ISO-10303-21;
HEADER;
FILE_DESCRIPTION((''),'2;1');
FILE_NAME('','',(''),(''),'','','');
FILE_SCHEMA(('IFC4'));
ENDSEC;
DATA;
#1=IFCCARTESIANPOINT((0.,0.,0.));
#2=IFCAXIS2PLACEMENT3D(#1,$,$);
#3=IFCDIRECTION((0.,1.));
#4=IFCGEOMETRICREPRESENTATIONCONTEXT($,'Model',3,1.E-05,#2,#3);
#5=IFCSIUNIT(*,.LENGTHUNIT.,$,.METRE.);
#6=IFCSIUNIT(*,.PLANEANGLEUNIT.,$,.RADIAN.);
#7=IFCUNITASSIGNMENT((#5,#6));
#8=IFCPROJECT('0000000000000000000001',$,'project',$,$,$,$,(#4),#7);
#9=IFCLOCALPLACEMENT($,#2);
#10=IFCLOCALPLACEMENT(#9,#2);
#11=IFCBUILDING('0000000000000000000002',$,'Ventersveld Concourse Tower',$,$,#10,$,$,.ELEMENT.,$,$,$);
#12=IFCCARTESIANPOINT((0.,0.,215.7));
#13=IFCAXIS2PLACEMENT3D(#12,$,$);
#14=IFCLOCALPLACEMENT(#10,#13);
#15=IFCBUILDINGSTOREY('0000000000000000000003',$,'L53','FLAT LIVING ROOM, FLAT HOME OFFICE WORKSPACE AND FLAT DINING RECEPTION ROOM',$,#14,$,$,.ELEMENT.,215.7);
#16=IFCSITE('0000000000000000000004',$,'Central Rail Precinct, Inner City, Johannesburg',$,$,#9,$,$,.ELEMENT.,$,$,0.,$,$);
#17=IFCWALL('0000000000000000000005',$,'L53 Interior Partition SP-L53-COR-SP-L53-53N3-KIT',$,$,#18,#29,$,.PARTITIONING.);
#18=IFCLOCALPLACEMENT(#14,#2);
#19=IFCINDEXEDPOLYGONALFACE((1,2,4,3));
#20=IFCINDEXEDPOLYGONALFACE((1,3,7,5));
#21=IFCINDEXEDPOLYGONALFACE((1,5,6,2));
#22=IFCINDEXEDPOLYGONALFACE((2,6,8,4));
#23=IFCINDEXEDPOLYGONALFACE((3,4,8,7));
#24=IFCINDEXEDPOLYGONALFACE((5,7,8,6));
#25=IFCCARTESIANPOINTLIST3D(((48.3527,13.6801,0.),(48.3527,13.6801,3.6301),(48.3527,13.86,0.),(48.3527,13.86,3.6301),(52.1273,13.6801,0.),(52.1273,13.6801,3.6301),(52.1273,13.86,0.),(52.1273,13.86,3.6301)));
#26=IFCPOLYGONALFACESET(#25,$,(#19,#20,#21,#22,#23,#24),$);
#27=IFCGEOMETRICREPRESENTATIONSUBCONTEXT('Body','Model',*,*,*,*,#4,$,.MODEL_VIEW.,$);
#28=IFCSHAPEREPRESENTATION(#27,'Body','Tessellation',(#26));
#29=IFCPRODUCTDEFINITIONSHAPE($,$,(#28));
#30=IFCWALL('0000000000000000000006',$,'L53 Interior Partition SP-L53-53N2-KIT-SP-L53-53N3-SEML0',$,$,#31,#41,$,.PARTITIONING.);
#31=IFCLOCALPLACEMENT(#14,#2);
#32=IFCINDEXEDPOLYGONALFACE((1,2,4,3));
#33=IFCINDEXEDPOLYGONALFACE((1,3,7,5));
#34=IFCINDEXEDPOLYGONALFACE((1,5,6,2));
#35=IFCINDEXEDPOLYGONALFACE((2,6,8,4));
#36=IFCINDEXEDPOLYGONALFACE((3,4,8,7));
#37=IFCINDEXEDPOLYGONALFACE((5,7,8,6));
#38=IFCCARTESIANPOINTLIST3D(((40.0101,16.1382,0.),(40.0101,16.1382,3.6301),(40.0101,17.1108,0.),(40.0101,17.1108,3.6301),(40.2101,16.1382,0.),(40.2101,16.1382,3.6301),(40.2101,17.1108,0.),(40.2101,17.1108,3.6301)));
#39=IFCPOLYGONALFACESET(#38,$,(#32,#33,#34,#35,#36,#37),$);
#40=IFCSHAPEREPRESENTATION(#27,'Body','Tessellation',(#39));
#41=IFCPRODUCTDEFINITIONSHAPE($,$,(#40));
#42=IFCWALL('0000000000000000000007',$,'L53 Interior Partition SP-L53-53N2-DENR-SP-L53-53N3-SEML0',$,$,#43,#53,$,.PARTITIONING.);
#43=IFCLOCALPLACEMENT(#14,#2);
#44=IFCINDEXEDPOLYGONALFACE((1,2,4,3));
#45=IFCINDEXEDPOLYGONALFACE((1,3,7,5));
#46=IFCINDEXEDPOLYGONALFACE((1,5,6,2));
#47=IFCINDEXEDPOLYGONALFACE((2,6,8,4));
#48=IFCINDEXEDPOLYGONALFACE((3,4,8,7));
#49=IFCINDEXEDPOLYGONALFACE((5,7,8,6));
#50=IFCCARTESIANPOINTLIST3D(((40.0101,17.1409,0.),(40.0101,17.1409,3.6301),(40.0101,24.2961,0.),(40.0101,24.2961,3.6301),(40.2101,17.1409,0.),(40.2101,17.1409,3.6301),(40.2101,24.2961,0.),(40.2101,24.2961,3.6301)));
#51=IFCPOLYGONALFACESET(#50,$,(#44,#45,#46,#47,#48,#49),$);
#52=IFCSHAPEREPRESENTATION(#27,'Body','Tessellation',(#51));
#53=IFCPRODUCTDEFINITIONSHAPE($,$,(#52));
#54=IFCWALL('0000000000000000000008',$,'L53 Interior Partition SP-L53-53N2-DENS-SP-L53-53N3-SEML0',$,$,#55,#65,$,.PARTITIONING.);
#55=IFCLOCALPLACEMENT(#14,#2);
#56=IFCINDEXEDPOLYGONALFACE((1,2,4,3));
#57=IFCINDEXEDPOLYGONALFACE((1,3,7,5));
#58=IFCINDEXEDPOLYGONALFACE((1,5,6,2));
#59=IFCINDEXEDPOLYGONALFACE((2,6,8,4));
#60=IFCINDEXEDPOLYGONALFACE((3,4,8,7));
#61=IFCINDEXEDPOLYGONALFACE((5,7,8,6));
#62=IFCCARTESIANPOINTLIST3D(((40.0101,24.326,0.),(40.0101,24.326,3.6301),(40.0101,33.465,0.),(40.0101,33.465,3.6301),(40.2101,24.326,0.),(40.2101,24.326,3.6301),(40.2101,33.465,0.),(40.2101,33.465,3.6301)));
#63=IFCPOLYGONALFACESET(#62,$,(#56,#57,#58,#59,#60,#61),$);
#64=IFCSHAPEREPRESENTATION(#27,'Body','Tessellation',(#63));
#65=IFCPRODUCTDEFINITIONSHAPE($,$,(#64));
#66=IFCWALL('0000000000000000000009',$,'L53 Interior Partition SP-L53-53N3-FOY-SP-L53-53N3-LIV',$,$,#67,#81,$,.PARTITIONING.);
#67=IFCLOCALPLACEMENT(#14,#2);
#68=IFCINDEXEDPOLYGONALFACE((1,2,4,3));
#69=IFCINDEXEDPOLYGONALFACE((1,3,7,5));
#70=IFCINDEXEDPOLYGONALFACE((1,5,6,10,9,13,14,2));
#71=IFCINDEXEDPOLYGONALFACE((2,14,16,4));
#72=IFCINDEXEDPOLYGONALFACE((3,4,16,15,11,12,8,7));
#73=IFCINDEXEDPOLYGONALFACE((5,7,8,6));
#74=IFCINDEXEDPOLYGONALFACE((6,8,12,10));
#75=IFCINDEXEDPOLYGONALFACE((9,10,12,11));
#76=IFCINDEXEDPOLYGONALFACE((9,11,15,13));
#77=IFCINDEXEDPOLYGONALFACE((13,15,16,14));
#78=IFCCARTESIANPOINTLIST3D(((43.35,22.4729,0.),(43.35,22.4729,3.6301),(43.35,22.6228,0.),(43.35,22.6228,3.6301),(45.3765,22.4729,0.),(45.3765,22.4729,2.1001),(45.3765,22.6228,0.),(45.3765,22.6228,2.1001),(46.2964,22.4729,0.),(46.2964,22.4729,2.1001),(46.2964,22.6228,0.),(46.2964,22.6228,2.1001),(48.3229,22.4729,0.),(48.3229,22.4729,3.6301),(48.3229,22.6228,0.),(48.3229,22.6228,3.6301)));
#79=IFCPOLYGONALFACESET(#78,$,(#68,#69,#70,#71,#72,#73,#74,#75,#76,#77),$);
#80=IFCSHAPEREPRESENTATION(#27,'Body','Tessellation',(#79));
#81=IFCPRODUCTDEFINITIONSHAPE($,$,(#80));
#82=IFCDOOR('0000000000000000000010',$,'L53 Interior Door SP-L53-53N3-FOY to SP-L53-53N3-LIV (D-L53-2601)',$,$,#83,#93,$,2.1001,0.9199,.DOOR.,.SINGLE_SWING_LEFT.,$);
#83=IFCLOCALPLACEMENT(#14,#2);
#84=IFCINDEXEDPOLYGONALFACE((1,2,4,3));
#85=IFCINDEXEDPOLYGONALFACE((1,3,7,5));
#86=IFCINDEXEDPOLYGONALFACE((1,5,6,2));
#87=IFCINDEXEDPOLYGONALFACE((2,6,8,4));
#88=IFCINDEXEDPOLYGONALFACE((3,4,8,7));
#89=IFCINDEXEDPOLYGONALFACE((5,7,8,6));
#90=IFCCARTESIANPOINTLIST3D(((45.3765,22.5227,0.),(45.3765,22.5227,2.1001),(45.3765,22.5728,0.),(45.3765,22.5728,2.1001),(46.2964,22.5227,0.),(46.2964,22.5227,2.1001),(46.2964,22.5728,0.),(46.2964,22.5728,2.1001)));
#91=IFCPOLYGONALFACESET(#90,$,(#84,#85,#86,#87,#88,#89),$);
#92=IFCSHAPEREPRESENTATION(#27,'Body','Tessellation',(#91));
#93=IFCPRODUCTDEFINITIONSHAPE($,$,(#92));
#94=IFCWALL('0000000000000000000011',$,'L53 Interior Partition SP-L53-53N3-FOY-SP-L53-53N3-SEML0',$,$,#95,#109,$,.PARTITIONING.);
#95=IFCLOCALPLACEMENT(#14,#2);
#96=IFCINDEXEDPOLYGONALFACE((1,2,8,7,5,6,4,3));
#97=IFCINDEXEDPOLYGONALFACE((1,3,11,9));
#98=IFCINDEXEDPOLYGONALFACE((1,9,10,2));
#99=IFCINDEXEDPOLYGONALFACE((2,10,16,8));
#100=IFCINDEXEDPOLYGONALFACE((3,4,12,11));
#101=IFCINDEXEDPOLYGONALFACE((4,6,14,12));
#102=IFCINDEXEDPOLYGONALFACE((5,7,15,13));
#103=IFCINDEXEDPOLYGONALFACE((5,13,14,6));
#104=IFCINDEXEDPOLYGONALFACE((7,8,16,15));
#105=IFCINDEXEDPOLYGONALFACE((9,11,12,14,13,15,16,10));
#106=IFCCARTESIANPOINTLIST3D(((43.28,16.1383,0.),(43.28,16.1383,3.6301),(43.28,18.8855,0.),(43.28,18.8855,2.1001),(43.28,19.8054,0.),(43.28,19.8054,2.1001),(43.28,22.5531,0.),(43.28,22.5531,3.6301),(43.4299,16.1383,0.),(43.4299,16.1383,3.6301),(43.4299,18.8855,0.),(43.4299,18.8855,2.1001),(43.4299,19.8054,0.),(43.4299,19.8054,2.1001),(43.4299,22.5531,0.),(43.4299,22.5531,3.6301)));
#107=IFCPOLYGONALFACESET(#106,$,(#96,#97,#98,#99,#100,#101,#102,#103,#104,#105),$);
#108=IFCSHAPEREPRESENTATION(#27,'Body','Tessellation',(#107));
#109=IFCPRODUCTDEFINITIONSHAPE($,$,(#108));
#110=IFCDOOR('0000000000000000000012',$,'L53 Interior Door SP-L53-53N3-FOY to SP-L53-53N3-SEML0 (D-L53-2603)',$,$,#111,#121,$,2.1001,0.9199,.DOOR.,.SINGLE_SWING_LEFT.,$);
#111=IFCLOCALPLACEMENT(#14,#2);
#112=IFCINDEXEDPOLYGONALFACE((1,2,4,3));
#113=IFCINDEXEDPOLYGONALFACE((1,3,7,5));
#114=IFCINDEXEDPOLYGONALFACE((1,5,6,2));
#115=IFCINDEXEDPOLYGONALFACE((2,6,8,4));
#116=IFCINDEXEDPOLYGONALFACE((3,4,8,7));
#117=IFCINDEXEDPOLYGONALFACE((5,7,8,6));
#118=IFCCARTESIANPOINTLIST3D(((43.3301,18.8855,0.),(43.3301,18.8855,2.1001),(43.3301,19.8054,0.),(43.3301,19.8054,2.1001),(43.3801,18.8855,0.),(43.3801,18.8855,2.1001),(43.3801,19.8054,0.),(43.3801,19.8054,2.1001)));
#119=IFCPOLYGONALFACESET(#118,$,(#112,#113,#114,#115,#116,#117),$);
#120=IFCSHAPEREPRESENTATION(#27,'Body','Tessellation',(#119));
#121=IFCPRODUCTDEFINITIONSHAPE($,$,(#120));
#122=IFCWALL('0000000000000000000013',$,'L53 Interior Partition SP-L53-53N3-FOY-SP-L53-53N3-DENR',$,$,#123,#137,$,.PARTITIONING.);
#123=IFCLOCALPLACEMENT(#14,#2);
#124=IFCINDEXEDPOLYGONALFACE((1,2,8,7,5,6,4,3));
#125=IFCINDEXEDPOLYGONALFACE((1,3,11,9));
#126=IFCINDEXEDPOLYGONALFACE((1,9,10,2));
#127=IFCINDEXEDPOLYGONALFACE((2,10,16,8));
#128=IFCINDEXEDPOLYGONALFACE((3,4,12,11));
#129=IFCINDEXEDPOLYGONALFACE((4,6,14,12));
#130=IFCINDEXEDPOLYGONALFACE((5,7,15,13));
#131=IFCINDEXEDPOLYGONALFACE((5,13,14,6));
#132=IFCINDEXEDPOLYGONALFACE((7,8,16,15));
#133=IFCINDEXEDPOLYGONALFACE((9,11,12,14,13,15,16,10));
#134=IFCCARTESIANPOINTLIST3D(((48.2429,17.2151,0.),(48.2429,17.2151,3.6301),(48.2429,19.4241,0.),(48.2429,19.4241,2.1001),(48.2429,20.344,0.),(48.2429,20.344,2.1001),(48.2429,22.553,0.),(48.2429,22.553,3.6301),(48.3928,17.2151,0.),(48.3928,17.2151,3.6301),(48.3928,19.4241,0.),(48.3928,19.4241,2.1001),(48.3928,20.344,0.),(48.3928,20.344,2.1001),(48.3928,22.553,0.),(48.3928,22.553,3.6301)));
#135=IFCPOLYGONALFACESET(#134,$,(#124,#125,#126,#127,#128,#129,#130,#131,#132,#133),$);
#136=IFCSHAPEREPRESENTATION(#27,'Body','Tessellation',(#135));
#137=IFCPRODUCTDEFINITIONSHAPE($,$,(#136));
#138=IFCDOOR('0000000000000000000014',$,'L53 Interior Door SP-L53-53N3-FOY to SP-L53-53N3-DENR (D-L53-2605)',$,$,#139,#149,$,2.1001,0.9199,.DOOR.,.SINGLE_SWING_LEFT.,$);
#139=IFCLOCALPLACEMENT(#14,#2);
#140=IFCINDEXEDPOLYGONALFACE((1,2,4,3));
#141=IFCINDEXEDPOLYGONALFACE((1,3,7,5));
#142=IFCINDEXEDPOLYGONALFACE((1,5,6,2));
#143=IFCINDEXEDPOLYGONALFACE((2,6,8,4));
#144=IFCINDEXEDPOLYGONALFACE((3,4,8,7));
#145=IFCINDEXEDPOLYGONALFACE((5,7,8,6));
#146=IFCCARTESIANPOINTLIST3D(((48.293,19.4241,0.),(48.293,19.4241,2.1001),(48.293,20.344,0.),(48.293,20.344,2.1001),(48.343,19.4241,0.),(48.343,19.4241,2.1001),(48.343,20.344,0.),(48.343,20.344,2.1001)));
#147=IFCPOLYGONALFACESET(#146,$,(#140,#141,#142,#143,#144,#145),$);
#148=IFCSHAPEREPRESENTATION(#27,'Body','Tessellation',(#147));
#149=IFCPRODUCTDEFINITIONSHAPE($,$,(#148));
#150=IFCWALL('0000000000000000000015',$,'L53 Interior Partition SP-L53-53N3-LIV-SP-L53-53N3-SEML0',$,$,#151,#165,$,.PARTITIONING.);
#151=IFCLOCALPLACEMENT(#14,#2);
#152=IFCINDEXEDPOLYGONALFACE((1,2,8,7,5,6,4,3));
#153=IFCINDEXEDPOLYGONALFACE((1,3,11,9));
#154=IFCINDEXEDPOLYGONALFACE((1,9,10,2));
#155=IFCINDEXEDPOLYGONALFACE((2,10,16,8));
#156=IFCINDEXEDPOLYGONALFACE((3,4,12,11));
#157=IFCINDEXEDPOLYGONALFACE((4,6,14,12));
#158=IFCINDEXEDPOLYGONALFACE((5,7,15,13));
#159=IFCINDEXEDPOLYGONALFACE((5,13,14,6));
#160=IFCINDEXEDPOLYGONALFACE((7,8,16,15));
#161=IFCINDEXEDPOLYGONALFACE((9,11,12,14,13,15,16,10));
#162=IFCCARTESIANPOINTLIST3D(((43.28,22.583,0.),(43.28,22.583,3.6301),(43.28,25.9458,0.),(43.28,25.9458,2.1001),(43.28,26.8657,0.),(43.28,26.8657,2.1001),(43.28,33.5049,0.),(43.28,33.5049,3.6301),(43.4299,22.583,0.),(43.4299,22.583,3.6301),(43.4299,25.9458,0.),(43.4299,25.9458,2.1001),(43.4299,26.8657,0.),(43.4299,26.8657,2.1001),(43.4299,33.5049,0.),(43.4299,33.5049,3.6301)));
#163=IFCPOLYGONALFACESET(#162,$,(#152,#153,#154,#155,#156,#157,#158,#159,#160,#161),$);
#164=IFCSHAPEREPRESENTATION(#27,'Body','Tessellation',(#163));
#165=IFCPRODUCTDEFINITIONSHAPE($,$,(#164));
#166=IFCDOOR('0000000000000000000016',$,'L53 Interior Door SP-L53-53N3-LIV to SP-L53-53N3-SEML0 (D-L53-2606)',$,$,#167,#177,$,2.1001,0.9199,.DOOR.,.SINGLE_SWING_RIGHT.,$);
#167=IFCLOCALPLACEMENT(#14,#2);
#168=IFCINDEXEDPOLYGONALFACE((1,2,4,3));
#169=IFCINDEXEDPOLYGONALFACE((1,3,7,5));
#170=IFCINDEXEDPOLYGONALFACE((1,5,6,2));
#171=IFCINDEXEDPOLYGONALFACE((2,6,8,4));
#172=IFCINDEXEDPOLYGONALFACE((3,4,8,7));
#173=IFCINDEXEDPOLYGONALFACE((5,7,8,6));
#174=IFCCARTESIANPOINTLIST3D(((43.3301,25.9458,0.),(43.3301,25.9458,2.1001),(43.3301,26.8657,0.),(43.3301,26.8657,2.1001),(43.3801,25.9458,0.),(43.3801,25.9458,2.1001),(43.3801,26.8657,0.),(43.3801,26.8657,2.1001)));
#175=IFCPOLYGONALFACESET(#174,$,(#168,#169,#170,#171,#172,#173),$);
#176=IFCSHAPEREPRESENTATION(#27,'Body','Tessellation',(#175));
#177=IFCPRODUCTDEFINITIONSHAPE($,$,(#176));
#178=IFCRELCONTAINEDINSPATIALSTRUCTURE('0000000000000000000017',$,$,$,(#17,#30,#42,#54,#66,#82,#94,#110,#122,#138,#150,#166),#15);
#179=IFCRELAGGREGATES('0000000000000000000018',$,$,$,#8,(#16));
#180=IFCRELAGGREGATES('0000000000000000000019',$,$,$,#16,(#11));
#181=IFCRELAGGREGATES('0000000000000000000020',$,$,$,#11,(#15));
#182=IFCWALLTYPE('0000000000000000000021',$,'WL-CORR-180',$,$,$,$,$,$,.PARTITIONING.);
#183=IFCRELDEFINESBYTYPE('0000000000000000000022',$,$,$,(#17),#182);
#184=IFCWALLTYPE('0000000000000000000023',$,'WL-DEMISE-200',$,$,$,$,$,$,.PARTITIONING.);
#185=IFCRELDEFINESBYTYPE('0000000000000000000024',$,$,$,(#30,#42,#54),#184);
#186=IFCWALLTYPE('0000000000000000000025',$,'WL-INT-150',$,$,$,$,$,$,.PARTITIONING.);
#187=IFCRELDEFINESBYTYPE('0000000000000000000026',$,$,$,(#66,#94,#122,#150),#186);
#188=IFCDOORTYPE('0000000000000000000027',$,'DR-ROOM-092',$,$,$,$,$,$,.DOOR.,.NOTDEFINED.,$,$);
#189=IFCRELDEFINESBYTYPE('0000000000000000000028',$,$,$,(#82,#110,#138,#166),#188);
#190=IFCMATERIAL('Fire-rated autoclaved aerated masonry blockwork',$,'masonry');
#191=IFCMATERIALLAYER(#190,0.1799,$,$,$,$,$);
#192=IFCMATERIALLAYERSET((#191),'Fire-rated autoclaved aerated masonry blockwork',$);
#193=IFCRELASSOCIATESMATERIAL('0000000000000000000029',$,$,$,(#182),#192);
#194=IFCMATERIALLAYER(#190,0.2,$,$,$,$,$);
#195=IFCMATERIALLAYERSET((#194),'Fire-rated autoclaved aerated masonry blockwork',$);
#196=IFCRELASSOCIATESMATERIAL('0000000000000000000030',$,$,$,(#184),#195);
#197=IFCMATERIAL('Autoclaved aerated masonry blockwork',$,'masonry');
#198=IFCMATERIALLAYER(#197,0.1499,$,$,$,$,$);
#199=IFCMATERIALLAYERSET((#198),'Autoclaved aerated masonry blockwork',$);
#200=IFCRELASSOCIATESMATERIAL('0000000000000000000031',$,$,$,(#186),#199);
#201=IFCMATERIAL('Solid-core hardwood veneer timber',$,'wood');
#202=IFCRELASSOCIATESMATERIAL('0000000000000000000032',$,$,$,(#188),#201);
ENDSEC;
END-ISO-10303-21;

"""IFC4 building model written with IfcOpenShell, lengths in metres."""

from ifc_helpers import new_model, si_unit, direction, frame, frame_2d, origin, place, context, subcontext, project, spatial, rectangle, extrude, material, layer, layer_set, type_object, element, fill, save


model = new_model("IFC4")

# Units and contexts
model_context = context("Model", 3, precision=1e-05, world=origin(), true_north=direction((0.0, 1.0)))
body_context = subcontext(model_context, "Body", "Model", "MODEL_VIEW")
ifc_project = project(units=[si_unit("LENGTHUNIT", "METRE"), si_unit("PLANEANGLEUNIT", "RADIAN")], contexts=[model_context])

# Site, building, storey
site_placement = place(None, origin())
site = spatial("IfcSite", under=ifc_project, at=site_placement, Name="Central Rail Precinct, Inner City, Johannesburg", CompositionType="ELEMENT", RefElevation=0.0)
building_placement = place(site_placement, origin())
building = spatial("IfcBuilding", under=site, at=building_placement, Name="Ventersveld Concourse Tower", CompositionType="ELEMENT")
storey_placement = place(building_placement, frame((0.0, 0.0, 215.7)))
storey = spatial("IfcBuildingStorey", under=building, at=storey_placement, Name="L53", Description="FLAT LIVING ROOM, FLAT HOME OFFICE WORKSPACE AND FLAT DINING RECEPTION ROOM", CompositionType="ELEMENT", Elevation=215.7)

# Shared definitions
ifc_material_1 = material(Name="Fire-rated autoclaved aerated masonry blockwork", Category="masonry")
ifc_layer_1 = layer(ifc_material_1, 0.1799)
ifc_layer_set_1 = layer_set([ifc_layer_1], Name="Fire-rated autoclaved aerated masonry blockwork")
wall_type_1 = type_object("IfcWallType", Name="WL-CORR-180", PredefinedType="PARTITIONING", material=ifc_layer_set_1)
ifc_material_2 = material(Name="Solid-core hardwood veneer timber", Category="wood")

# Walls
wall_1_placement = place(storey_placement, frame((48.3528, 13.77, 0.0), z_axis=(0.0, 0.0, 1.0), x_axis=(1.0, 0.0, 0.0)))
element("IfcWall", 1, at=wall_1_placement, inside=storey, type_object=wall_type_1, Name="L53 Interior Partition SP-L53-COR-SP-L53-53N3-KIT", PredefinedType="PARTITIONING", context=body_context, shape_type="SweptSolid", body=[
    extrude(rectangle(XDim=3.7747, YDim=0.1799, at=frame_2d((1.8872, 0.0))), origin(), (0.0, 0.0, 1.0), 3.6301),
])
ifc_layer_2 = layer(ifc_material_1, 0.2)
ifc_layer_set_2 = layer_set([ifc_layer_2], Name="Fire-rated autoclaved aerated masonry blockwork")
wall_type_2 = type_object("IfcWallType", Name="WL-DEMISE-200", PredefinedType="PARTITIONING", material=ifc_layer_set_2)
wall_2_placement = place(storey_placement, frame((40.1101, 16.1382, 0.0), z_axis=(0.0, 0.0, 1.0), x_axis=(0.0, 1.0, 0.0)))
element("IfcWall", 2, at=wall_2_placement, inside=storey, type_object=wall_type_2, Name="L53 Interior Partition SP-L53-53N2-KIT-SP-L53-53N3-SEML0", PredefinedType="PARTITIONING", context=body_context, shape_type="SweptSolid", body=[
    extrude(rectangle(XDim=0.9727, YDim=0.2, at=frame_2d((0.4863, 0.0))), origin(), (0.0, 0.0, 1.0), 3.6301),
])
wall_3_placement = place(storey_placement, frame((40.1101, 17.1409, 0.0), z_axis=(0.0, 0.0, 1.0), x_axis=(0.0, 1.0, 0.0)))
element("IfcWall", 3, at=wall_3_placement, inside=storey, type_object=wall_type_2, Name="L53 Interior Partition SP-L53-53N2-DENR-SP-L53-53N3-SEML0", PredefinedType="PARTITIONING", context=body_context, shape_type="SweptSolid", body=[
    extrude(rectangle(XDim=7.1553, YDim=0.2, at=frame_2d((3.5776, 0.0))), origin(), (0.0, 0.0, 1.0), 3.6301),
])
wall_4_placement = place(storey_placement, frame((40.1101, 24.3262, 0.0), z_axis=(0.0, 0.0, 1.0), x_axis=(0.0, 1.0, 0.0)))
element("IfcWall", 4, at=wall_4_placement, inside=storey, type_object=wall_type_2, Name="L53 Interior Partition SP-L53-53N2-DENS-SP-L53-53N3-SEML0", PredefinedType="PARTITIONING", context=body_context, shape_type="SweptSolid", body=[
    extrude(rectangle(XDim=9.1389, YDim=0.2, at=frame_2d((4.5693, 0.0))), origin(), (0.0, 0.0, 1.0), 3.6301),
])

# Walls, openings, doors
ifc_material_3 = material(Name="Autoclaved aerated masonry blockwork", Category="masonry")
ifc_layer_3 = layer(ifc_material_3, 0.1499)
ifc_layer_set_3 = layer_set([ifc_layer_3], Name="Autoclaved aerated masonry blockwork")
wall_type_3 = type_object("IfcWallType", Name="WL-INT-150", PredefinedType="PARTITIONING", material=ifc_layer_set_3)
wall_5_placement = place(storey_placement, frame((43.3501, 22.5479, 0.0), z_axis=(0.0, 0.0, 1.0), x_axis=(1.0, 0.0, 0.0)))
wall_5 = element("IfcWall", 5, at=wall_5_placement, inside=storey, type_object=wall_type_3, Name="L53 Interior Partition SP-L53-53N3-FOY-SP-L53-53N3-LIV", PredefinedType="PARTITIONING", context=body_context, shape_type="SweptSolid", body=[
    extrude(rectangle(XDim=4.9729, YDim=0.1499, at=frame_2d((2.4863, 0.0))), origin(), (0.0, 0.0, 1.0), 3.6301),
])
opening_1_placement = place(wall_5_placement, frame((2.0264, 0.0, 0.0)))
opening_1 = element("IfcOpeningElement", 6, at=opening_1_placement, cuts=wall_5, PredefinedType="OPENING", context=body_context, shape_type="SweptSolid", body=[
    extrude(rectangle(XDim=0.9199, YDim=2.1001, at=frame_2d((0.46, 1.05))), frame((0.0, 0.085, 0.0), z_axis=(0.0, -1.0, 0.0), x_axis=(1.0, 0.0, 0.0)), (0.0, 0.0, 1.0), 0.1699),
])
door_type_1 = type_object("IfcDoorType", Name="DR-ROOM-092", OperationType="NOTDEFINED", PredefinedType="DOOR", material=ifc_material_2)
door_1_placement = place(opening_1_placement, origin())
door_1 = element("IfcDoor", 7, at=door_1_placement, inside=storey, type_object=door_type_1, Name="L53 Interior Door SP-L53-53N3-FOY to SP-L53-53N3-LIV (D-L53-2601)", OperationType="SINGLE_SWING_LEFT", OverallHeight=2.1001, OverallWidth=0.9199, PredefinedType="DOOR", context=body_context, shape_type="SweptSolid", body=[
    extrude(rectangle(XDim=0.9199, YDim=2.1001, at=frame_2d((0.46, 1.05))), frame((0.0, 0.0249, 0.0), z_axis=(0.0, -1.0, 0.0), x_axis=(1.0, 0.0, 0.0)), (0.0, 0.0, 1.0), 0.05),
])
fill(opening_1, door_1)
wall_6_placement = place(storey_placement, frame((43.355, 16.1382, 0.0), z_axis=(0.0, 0.0, 1.0), x_axis=(0.0, 1.0, 0.0)))
wall_6 = element("IfcWall", 8, at=wall_6_placement, inside=storey, type_object=wall_type_3, Name="L53 Interior Partition SP-L53-53N3-FOY-SP-L53-53N3-SEML0", PredefinedType="PARTITIONING", context=body_context, shape_type="SweptSolid", body=[
    extrude(rectangle(XDim=6.4148, YDim=0.1499, at=frame_2d((3.2075, 0.0))), origin(), (0.0, 0.0, 1.0), 3.6301),
])
opening_2_placement = place(wall_6_placement, frame((2.7473, 0.0, 0.0)))
opening_2 = element("IfcOpeningElement", 9, at=opening_2_placement, cuts=wall_6, PredefinedType="OPENING", context=body_context, shape_type="SweptSolid", body=[
    extrude(rectangle(XDim=0.9199, YDim=2.1001, at=frame_2d((0.46, 1.05))), frame((0.0, 0.085, 0.0), z_axis=(0.0, -1.0, 0.0), x_axis=(1.0, 0.0, 0.0)), (0.0, 0.0, 1.0), 0.1699),
])
door_2_placement = place(opening_2_placement, origin())
door_2 = element("IfcDoor", 10, at=door_2_placement, inside=storey, type_object=door_type_1, Name="L53 Interior Door SP-L53-53N3-FOY to SP-L53-53N3-SEML0 (D-L53-2603)", OperationType="SINGLE_SWING_LEFT", OverallHeight=2.1001, OverallWidth=0.9199, PredefinedType="DOOR", context=body_context, shape_type="SweptSolid", body=[
    extrude(rectangle(XDim=0.9199, YDim=2.1001, at=frame_2d((0.46, 1.05))), frame((0.0, 0.0249, 0.0), z_axis=(0.0, -1.0, 0.0), x_axis=(1.0, 0.0, 0.0)), (0.0, 0.0, 1.0), 0.05),
])
fill(opening_2, door_2)
wall_7_placement = place(storey_placement, frame((48.3179, 17.2151, 0.0), z_axis=(0.0, 0.0, 1.0), x_axis=(0.0, 1.0, 0.0)))
wall_7 = element("IfcWall", 11, at=wall_7_placement, inside=storey, type_object=wall_type_3, Name="L53 Interior Partition SP-L53-53N3-FOY-SP-L53-53N3-DENR", PredefinedType="PARTITIONING", context=body_context, shape_type="SweptSolid", body=[
    extrude(rectangle(XDim=5.3379, YDim=0.1499, at=frame_2d((2.6689, 0.0))), origin(), (0.0, 0.0, 1.0), 3.6301),
])
opening_3_placement = place(wall_7_placement, frame((2.209, 0.0, 0.0)))
opening_3 = element("IfcOpeningElement", 12, at=opening_3_placement, cuts=wall_7, PredefinedType="OPENING", context=body_context, shape_type="SweptSolid", body=[
    extrude(rectangle(XDim=0.9199, YDim=2.1001, at=frame_2d((0.46, 1.05))), frame((0.0, 0.085, 0.0), z_axis=(0.0, -1.0, 0.0), x_axis=(1.0, 0.0, 0.0)), (0.0, 0.0, 1.0), 0.1699),
])
door_3_placement = place(opening_3_placement, origin())
door_3 = element("IfcDoor", 13, at=door_3_placement, inside=storey, type_object=door_type_1, Name="L53 Interior Door SP-L53-53N3-FOY to SP-L53-53N3-DENR (D-L53-2605)", OperationType="SINGLE_SWING_LEFT", OverallHeight=2.1001, OverallWidth=0.9199, PredefinedType="DOOR", context=body_context, shape_type="SweptSolid", body=[
    extrude(rectangle(XDim=0.9199, YDim=2.1001, at=frame_2d((0.46, 1.05))), frame((0.0, 0.0249, 0.0), z_axis=(0.0, -1.0, 0.0), x_axis=(1.0, 0.0, 0.0)), (0.0, 0.0, 1.0), 0.05),
])
fill(opening_3, door_3)
wall_8_placement = place(storey_placement, frame((43.355, 22.583, 0.0), z_axis=(0.0, 0.0, 1.0), x_axis=(0.0, 1.0, 0.0)))
wall_8 = element("IfcWall", 14, at=wall_8_placement, inside=storey, type_object=wall_type_3, Name="L53 Interior Partition SP-L53-53N3-LIV-SP-L53-53N3-SEML0", PredefinedType="PARTITIONING", context=body_context, shape_type="SweptSolid", body=[
    extrude(rectangle(XDim=10.9219, YDim=0.1499, at=frame_2d((5.4609, 0.0))), origin(), (0.0, 0.0, 1.0), 3.6301),
])
opening_4_placement = place(wall_8_placement, frame((3.3628, 0.0, 0.0)))
opening_4 = element("IfcOpeningElement", 15, at=opening_4_placement, cuts=wall_8, PredefinedType="OPENING", context=body_context, shape_type="SweptSolid", body=[
    extrude(rectangle(XDim=0.9199, YDim=2.1001, at=frame_2d((0.46, 1.05))), frame((0.0, 0.085, 0.0), z_axis=(0.0, -1.0, 0.0), x_axis=(1.0, 0.0, 0.0)), (0.0, 0.0, 1.0), 0.1699),
])
door_4_placement = place(opening_4_placement, origin())
door_4 = element("IfcDoor", 16, at=door_4_placement, inside=storey, type_object=door_type_1, Name="L53 Interior Door SP-L53-53N3-LIV to SP-L53-53N3-SEML0 (D-L53-2606)", OperationType="SINGLE_SWING_RIGHT", OverallHeight=2.1001, OverallWidth=0.9199, PredefinedType="DOOR", context=body_context, shape_type="SweptSolid", body=[
    extrude(rectangle(XDim=0.9199, YDim=2.1001, at=frame_2d((0.46, 1.05))), frame((0.0, 0.0249, 0.0), z_axis=(0.0, -1.0, 0.0), x_axis=(1.0, 0.0, 0.0)), (0.0, 0.0, 1.0), 0.05),
])
fill(opening_4, door_4)

save(model, "model.ifc")
